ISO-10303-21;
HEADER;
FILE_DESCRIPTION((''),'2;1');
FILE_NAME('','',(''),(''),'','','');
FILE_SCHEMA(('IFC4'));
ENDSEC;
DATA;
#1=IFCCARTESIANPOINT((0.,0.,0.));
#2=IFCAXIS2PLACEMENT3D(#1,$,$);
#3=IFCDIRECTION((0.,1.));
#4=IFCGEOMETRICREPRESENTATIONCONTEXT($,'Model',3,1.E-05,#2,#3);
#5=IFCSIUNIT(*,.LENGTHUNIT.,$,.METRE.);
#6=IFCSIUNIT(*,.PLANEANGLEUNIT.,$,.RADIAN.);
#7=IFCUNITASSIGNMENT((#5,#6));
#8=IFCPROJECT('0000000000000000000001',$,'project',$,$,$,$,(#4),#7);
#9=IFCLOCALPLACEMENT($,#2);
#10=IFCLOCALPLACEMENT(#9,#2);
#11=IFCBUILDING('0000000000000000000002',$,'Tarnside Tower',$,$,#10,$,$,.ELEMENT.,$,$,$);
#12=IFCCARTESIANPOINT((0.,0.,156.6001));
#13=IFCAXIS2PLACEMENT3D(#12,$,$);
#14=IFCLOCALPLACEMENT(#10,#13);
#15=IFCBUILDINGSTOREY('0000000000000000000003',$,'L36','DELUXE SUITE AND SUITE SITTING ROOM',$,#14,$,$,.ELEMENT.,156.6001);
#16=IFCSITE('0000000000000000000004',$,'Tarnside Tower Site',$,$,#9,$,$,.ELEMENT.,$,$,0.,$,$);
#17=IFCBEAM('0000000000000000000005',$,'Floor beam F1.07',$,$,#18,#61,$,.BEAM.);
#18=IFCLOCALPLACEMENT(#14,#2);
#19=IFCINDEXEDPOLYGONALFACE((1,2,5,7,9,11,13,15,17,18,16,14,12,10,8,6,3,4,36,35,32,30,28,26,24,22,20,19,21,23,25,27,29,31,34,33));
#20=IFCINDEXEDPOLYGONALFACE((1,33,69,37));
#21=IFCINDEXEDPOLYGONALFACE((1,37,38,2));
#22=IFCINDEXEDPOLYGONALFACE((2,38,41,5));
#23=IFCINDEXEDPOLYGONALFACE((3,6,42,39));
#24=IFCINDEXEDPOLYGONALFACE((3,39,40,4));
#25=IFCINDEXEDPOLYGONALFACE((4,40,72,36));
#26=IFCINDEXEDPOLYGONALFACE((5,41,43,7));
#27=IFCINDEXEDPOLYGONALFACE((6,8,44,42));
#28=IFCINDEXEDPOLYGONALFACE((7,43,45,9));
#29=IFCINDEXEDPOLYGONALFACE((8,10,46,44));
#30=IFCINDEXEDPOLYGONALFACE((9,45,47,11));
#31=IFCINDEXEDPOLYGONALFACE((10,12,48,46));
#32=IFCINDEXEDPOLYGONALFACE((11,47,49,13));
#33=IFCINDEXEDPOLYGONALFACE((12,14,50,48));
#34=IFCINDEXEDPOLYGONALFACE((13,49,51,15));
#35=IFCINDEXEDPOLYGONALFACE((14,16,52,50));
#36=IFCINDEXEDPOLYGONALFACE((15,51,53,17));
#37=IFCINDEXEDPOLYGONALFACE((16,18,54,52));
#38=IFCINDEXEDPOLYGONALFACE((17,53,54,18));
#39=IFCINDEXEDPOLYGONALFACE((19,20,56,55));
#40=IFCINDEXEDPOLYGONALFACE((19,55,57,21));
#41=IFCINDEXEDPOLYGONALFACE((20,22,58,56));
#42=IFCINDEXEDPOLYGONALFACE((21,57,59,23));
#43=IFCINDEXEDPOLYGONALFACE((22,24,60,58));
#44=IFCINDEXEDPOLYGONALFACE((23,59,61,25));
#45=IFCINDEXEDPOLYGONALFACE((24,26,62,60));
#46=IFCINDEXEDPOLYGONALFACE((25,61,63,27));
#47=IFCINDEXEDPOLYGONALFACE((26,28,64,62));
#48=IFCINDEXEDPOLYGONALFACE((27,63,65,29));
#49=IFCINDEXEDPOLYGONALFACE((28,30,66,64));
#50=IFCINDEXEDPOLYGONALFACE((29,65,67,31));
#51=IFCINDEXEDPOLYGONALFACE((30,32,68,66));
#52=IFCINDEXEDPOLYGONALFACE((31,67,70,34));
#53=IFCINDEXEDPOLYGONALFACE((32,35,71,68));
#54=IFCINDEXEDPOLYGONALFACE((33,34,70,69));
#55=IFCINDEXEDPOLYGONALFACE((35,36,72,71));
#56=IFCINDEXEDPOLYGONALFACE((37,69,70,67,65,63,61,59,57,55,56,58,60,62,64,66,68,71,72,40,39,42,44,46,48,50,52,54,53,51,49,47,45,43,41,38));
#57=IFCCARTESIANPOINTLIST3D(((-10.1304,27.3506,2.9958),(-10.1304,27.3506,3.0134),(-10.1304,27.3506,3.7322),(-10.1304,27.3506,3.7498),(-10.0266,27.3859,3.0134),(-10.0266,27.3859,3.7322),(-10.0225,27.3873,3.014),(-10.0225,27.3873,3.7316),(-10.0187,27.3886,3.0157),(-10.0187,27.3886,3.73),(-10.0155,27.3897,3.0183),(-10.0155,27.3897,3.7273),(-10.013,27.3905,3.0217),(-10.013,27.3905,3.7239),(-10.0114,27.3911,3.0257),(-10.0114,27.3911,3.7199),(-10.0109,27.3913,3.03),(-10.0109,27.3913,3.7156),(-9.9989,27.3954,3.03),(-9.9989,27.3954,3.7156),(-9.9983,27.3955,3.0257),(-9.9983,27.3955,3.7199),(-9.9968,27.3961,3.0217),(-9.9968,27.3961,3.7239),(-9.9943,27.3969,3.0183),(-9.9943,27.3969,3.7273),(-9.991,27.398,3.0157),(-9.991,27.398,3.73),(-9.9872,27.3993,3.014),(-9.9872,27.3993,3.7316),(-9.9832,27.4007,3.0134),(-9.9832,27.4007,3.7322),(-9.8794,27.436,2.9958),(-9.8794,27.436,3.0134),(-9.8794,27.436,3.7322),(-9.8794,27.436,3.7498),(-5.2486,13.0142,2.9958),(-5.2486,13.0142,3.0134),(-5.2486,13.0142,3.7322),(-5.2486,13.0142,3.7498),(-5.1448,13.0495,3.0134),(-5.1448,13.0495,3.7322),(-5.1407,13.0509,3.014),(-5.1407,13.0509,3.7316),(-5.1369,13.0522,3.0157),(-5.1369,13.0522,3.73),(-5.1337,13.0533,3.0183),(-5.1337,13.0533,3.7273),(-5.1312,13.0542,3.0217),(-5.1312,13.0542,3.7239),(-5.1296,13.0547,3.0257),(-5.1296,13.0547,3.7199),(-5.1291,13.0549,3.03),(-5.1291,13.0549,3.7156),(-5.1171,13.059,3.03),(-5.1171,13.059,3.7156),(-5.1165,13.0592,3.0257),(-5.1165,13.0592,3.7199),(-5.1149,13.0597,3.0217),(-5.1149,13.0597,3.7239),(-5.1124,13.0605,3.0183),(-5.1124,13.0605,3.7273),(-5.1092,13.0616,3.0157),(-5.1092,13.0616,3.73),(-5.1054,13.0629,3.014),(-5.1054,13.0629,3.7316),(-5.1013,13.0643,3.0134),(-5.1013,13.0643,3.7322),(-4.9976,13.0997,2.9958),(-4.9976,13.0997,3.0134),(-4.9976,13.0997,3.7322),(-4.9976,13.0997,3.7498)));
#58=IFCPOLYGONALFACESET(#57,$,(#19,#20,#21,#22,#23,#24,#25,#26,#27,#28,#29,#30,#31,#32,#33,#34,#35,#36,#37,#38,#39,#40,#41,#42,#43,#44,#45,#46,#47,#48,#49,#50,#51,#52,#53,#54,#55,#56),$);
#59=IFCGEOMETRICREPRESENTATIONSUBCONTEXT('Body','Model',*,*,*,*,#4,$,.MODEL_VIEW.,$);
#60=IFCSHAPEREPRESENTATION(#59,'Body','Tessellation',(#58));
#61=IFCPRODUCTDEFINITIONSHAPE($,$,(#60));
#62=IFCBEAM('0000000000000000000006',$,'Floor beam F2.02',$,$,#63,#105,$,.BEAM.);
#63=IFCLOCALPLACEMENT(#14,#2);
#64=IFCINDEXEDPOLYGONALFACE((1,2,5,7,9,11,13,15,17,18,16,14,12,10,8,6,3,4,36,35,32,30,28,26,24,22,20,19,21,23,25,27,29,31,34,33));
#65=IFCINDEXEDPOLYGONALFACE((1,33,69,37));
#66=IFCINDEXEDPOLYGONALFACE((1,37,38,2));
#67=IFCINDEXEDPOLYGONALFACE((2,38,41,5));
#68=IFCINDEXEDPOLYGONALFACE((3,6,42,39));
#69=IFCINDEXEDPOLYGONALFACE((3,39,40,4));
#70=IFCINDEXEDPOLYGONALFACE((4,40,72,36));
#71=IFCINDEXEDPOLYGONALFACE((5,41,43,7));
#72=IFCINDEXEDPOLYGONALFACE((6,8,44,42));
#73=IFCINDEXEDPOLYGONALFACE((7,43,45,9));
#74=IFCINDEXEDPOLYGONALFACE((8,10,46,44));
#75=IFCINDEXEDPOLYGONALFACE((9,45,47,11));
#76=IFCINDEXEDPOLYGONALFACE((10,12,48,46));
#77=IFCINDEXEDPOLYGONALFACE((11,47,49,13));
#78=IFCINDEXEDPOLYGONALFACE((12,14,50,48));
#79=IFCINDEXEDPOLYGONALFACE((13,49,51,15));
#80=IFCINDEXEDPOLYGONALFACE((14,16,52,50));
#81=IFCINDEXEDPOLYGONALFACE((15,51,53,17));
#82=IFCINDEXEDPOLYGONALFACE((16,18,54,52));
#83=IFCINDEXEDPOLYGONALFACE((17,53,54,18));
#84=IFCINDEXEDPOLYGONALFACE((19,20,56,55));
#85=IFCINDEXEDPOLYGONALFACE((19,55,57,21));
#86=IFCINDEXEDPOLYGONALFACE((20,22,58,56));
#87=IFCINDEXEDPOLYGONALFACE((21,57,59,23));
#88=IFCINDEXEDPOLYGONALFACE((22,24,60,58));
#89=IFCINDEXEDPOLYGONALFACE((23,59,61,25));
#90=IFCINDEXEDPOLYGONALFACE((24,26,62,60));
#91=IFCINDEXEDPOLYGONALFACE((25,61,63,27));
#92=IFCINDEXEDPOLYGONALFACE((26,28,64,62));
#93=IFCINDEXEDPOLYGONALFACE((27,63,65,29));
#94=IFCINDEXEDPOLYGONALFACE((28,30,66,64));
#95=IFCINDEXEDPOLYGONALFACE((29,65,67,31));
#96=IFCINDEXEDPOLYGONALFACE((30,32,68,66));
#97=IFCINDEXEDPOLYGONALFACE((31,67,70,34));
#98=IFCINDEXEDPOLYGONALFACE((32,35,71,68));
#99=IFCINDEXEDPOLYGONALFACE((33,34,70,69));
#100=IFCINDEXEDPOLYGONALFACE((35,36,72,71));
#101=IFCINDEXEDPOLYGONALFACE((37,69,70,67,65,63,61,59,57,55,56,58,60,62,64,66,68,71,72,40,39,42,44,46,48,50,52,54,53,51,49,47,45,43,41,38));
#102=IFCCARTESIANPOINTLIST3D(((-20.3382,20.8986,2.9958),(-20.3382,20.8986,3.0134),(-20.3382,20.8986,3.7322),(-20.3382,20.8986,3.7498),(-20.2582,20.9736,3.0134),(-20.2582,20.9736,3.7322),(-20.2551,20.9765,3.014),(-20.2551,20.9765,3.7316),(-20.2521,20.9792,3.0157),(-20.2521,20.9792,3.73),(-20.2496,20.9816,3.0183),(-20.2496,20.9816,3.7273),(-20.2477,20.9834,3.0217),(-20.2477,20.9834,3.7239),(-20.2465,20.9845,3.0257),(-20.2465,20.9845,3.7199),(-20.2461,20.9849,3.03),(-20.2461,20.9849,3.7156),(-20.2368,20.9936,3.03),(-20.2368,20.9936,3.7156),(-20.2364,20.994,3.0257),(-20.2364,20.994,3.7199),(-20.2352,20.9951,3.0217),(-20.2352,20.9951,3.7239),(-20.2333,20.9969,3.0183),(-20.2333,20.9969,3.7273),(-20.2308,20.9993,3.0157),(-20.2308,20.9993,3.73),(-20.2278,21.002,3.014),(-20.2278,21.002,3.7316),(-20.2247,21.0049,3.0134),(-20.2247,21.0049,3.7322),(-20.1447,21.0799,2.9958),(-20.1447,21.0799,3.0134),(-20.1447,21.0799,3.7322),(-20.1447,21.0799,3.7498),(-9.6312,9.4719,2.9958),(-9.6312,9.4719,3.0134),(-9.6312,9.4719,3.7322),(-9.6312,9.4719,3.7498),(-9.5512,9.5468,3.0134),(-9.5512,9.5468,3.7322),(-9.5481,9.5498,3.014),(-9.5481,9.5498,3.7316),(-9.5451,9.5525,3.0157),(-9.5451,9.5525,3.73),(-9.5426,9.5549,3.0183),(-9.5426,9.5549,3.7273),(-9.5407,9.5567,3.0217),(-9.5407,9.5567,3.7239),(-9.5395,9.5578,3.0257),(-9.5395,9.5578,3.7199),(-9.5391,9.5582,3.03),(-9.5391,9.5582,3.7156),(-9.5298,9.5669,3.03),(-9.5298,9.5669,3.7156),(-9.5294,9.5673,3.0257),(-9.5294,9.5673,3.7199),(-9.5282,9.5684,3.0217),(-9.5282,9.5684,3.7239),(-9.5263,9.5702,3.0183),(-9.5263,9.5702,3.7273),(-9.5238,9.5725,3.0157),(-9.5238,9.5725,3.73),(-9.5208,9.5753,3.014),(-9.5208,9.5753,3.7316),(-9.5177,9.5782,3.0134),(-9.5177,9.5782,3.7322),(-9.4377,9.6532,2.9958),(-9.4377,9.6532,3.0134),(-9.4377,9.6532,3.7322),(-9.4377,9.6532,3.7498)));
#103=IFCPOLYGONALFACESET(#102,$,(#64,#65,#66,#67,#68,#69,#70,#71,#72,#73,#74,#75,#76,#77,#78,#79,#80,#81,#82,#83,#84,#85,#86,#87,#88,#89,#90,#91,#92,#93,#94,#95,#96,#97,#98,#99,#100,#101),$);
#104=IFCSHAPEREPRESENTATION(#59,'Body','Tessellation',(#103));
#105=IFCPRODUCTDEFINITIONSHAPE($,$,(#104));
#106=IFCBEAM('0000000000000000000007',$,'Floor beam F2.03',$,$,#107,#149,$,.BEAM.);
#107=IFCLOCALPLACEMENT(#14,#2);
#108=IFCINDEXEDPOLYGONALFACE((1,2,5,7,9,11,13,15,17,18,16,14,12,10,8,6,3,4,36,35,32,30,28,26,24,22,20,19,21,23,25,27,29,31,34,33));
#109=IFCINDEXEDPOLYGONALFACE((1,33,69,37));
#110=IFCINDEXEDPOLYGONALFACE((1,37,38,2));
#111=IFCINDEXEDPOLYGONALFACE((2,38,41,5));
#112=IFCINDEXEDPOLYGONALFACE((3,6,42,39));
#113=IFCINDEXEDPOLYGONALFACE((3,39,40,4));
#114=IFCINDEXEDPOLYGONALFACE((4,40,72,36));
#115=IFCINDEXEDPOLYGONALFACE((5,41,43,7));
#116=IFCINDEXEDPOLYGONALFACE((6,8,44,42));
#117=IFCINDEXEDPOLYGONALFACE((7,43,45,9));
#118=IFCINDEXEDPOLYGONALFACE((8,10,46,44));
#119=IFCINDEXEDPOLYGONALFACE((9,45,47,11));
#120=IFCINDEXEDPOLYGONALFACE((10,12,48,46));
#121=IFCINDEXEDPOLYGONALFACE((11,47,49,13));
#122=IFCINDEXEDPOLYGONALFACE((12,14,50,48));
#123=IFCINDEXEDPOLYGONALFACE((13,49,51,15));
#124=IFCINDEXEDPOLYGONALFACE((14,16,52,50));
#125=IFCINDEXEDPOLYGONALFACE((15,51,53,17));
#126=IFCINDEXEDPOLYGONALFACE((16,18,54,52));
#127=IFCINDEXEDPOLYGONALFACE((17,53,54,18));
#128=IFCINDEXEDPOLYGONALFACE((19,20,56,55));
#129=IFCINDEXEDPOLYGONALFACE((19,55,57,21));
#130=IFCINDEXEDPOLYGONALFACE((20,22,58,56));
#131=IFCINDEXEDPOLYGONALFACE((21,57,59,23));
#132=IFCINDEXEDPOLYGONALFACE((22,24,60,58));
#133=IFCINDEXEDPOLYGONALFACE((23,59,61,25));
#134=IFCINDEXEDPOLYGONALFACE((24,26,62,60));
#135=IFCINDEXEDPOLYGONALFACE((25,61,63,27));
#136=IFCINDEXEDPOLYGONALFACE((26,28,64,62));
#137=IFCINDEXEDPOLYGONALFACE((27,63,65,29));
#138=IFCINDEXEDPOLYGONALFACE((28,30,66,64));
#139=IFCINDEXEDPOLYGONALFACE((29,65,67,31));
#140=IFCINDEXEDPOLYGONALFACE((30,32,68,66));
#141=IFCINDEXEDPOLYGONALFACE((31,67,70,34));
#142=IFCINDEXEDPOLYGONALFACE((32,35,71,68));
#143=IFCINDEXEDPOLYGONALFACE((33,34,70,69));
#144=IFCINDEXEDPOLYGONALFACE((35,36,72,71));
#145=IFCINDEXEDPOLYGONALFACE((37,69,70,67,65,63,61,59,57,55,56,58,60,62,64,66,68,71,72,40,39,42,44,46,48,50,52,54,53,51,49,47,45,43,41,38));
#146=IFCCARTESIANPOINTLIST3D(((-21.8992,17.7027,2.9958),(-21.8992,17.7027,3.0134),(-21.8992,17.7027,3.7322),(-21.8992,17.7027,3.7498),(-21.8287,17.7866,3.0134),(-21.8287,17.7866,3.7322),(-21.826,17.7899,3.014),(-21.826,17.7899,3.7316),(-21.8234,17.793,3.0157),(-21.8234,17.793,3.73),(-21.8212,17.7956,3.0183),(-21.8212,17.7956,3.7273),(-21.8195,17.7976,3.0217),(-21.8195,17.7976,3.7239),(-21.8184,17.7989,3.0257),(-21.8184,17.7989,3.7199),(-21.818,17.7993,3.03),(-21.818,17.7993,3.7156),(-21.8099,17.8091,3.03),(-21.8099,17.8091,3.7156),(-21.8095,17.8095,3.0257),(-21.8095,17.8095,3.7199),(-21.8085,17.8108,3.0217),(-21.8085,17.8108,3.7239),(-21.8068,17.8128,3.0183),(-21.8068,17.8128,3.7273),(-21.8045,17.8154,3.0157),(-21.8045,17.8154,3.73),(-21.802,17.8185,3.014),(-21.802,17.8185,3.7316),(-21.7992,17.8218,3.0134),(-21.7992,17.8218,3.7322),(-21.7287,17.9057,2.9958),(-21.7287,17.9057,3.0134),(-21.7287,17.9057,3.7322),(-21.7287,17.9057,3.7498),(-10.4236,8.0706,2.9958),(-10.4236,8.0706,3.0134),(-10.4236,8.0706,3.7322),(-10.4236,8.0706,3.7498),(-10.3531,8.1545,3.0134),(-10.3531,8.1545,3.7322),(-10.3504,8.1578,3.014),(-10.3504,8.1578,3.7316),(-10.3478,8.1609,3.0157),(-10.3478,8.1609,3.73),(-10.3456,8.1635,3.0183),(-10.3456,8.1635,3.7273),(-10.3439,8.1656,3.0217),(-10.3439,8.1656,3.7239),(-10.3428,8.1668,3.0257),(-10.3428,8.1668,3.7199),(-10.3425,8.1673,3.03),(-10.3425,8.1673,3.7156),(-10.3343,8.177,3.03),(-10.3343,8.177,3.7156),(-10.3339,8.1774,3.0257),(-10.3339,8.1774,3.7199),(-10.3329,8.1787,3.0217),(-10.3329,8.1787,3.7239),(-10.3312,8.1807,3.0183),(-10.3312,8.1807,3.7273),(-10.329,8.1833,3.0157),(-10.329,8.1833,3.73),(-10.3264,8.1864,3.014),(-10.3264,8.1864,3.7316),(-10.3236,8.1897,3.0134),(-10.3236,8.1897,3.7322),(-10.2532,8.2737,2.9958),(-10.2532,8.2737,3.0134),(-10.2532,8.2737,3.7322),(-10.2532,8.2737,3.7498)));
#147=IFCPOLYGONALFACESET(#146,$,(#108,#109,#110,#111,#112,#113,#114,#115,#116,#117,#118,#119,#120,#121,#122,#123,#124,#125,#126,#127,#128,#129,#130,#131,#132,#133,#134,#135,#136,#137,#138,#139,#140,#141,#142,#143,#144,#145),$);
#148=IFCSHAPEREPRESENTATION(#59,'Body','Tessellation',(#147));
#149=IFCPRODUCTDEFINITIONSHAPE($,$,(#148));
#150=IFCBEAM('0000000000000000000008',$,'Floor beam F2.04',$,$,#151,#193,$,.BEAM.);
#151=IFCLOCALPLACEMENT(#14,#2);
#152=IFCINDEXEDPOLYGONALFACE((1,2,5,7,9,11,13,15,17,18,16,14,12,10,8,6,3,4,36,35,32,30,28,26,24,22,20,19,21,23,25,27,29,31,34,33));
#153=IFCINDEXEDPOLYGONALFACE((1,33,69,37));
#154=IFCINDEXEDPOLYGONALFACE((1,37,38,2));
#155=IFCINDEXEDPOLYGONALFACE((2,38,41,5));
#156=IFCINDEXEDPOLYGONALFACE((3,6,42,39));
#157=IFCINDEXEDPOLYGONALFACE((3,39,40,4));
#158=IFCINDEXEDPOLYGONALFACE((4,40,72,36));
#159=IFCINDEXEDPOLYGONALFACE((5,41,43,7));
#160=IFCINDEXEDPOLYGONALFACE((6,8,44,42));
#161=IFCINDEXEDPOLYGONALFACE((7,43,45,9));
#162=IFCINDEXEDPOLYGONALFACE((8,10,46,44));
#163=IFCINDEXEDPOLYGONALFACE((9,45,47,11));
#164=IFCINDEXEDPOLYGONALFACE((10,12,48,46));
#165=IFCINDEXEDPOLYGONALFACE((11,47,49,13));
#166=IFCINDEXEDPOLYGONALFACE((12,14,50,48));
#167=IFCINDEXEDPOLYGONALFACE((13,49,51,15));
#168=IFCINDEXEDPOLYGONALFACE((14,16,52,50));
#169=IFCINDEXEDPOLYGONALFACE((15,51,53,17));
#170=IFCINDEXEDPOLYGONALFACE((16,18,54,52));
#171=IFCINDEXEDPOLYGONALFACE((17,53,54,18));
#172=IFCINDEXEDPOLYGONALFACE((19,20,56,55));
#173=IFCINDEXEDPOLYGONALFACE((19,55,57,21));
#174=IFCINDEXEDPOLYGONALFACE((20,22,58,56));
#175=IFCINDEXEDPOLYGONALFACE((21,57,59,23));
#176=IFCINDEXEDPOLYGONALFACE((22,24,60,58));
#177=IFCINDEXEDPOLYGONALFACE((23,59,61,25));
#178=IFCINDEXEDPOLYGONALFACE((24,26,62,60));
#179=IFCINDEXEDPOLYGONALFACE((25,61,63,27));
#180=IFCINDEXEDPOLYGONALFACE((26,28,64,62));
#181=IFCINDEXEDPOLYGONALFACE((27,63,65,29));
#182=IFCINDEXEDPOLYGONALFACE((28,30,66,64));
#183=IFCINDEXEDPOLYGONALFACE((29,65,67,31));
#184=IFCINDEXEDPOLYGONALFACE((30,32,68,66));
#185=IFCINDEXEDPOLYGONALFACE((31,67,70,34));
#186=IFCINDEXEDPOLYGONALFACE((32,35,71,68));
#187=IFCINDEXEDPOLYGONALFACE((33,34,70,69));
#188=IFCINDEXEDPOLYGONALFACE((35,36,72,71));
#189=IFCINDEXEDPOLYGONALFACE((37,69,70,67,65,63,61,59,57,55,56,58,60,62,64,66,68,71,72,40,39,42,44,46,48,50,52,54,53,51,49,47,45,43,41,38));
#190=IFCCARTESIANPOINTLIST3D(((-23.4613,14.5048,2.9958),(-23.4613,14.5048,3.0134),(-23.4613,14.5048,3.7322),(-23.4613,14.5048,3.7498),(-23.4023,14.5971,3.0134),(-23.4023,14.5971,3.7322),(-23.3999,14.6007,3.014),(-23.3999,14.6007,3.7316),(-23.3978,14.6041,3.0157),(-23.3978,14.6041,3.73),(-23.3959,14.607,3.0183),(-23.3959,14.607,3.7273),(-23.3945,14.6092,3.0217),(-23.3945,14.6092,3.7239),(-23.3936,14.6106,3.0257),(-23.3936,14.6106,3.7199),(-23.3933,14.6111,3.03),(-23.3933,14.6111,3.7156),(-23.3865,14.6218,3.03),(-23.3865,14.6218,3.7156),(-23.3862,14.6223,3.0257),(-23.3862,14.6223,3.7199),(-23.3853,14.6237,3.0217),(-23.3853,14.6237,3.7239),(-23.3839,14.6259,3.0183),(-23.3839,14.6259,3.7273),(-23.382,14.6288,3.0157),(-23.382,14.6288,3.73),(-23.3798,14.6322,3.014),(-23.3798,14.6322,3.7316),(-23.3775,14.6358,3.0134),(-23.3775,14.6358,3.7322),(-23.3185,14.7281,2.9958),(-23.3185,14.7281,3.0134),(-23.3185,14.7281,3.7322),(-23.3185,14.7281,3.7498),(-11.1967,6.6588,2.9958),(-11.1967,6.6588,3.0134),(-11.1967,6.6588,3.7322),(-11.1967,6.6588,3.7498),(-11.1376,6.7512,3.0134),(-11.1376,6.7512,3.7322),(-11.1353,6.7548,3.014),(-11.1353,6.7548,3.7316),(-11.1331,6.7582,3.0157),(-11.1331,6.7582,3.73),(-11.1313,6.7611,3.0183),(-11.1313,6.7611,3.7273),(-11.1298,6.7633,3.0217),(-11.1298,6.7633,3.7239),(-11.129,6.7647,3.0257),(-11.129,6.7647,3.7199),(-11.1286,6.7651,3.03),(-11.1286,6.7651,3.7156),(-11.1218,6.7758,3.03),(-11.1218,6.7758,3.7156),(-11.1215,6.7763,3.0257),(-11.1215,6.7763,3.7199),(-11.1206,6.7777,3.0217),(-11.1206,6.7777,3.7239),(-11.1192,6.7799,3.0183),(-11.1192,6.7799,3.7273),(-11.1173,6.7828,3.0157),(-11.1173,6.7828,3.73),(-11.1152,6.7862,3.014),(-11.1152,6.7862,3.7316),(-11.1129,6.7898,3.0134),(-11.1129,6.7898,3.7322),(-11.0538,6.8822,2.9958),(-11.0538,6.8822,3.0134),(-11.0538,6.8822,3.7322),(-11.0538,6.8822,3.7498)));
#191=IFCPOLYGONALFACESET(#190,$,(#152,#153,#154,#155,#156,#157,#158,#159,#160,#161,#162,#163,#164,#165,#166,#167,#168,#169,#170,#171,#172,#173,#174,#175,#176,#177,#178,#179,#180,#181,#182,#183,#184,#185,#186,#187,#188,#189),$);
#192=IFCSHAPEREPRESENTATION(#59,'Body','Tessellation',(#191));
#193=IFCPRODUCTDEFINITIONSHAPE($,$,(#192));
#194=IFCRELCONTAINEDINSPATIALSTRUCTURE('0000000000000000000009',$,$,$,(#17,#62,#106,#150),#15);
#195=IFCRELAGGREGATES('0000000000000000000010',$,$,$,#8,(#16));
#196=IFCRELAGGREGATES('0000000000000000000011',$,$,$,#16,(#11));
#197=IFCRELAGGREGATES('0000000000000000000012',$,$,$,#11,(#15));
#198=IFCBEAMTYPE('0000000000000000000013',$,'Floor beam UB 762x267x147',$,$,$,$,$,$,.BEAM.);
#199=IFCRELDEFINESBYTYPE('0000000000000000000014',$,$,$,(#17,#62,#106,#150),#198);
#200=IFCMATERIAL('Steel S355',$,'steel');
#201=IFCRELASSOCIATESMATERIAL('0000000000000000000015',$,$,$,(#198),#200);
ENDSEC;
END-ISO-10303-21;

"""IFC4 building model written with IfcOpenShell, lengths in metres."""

from ifc_helpers import new_model, si_unit, direction, frame, origin, origin_2d, place, context, subcontext, project, spatial, i_section, extrude, material, material_profile, profile_set, type_object, element, save


model = new_model("IFC4")

# Units and contexts
model_context = context("Model", 3, precision=1e-05, world=origin(), true_north=direction((0.0, 1.0)))
body_context = subcontext(model_context, "Body", "Model", "MODEL_VIEW")
ifc_project = project(units=[si_unit("LENGTHUNIT", "METRE"), si_unit("PLANEANGLEUNIT", "RADIAN")], contexts=[model_context])

# Site, building, storey
site_placement = place(None, origin())
site = spatial("IfcSite", under=ifc_project, at=site_placement, Name="Tarnside Tower Site", CompositionType="ELEMENT", RefElevation=0.0)
building_placement = place(site_placement, origin())
building = spatial("IfcBuilding", under=site, at=building_placement, Name="Tarnside Tower", CompositionType="ELEMENT")
storey_placement = place(building_placement, frame((0.0, 0.0, 156.6001)))
storey = spatial("IfcBuildingStorey", under=building, at=storey_placement, Name="L36", Description="DELUXE SUITE AND SUITE SITTING ROOM", CompositionType="ELEMENT", Elevation=156.6001)

# Beams
ifc_material_1 = material(Name="Steel S355", Category="steel")
ifc_material_profile_1 = material_profile(ifc_material_1, i_section(OverallWidth=0.2651, OverallDepth=0.7539, WebThickness=0.0127, FlangeThickness=0.0176, FilletRadius=0.0166, at=origin_2d()), Name="UB 762x267x147")
ifc_profile_set_1 = profile_set([ifc_material_profile_1], Name="Steel S355")
beam_type_1 = type_object("IfcBeamType", Name="Floor beam UB 762x267x147", PredefinedType="BEAM", material=ifc_profile_set_1)
beam_1_placement = place(storey_placement, frame((-10.0049, 27.3933, 3.3728), z_axis=(0.322344, -0.946623, 0.0), x_axis=(0.946623, 0.322344, 0.0)))
element("IfcBeam", 1, at=beam_1_placement, inside=storey, type_object=beam_type_1, Name="Floor beam F1.07", PredefinedType="BEAM", context=body_context, shape_type="SweptSolid", body=[
    extrude(i_section(OverallWidth=0.2651, OverallDepth=0.7539, WebThickness=0.0127, FlangeThickness=0.0176, FilletRadius=0.0166, at=origin_2d()), origin(), (0.0, 0.0, 1.0), 15.1448),
])
beam_2_placement = place(storey_placement, frame((-20.2415, 20.9893, 3.3728), z_axis=(0.683752, -0.729714, 0.0), x_axis=(0.729714, 0.683752, 0.0)))
element("IfcBeam", 2, at=beam_2_placement, inside=storey, type_object=beam_type_1, Name="Floor beam F2.02", PredefinedType="BEAM", context=body_context, shape_type="SweptSolid", body=[
    extrude(i_section(OverallWidth=0.2651, OverallDepth=0.7539, WebThickness=0.0127, FlangeThickness=0.0176, FilletRadius=0.0166, at=origin_2d()), origin(), (0.0, 0.0, 1.0), 15.6592),
])
beam_3_placement = place(storey_placement, frame((-21.814, 17.8042, 3.3728), z_axis=(0.765948, -0.642902, 0.0), x_axis=(0.642902, 0.765948, 0.0)))
element("IfcBeam", 3, at=beam_3_placement, inside=storey, type_object=beam_type_1, Name="Floor beam F2.03", PredefinedType="BEAM", context=body_context, shape_type="SweptSolid", body=[
    extrude(i_section(OverallWidth=0.2651, OverallDepth=0.7539, WebThickness=0.0127, FlangeThickness=0.0176, FilletRadius=0.0166, at=origin_2d()), origin(), (0.0, 0.0, 1.0), 14.9822),
])
beam_4_placement = place(storey_placement, frame((-23.3899, 14.6165, 3.3728), z_axis=(0.842378, -0.538887, 0.0), x_axis=(0.538887, 0.842378, 0.0)))
element("IfcBeam", 4, at=beam_4_placement, inside=storey, type_object=beam_type_1, Name="Floor beam F2.04", PredefinedType="BEAM", context=body_context, shape_type="SweptSolid", body=[
    extrude(i_section(OverallWidth=0.2651, OverallDepth=0.7539, WebThickness=0.0127, FlangeThickness=0.0176, FilletRadius=0.0166, at=origin_2d()), origin(), (0.0, 0.0, 1.0), 14.5596),
])

save(model, "model.ifc")
